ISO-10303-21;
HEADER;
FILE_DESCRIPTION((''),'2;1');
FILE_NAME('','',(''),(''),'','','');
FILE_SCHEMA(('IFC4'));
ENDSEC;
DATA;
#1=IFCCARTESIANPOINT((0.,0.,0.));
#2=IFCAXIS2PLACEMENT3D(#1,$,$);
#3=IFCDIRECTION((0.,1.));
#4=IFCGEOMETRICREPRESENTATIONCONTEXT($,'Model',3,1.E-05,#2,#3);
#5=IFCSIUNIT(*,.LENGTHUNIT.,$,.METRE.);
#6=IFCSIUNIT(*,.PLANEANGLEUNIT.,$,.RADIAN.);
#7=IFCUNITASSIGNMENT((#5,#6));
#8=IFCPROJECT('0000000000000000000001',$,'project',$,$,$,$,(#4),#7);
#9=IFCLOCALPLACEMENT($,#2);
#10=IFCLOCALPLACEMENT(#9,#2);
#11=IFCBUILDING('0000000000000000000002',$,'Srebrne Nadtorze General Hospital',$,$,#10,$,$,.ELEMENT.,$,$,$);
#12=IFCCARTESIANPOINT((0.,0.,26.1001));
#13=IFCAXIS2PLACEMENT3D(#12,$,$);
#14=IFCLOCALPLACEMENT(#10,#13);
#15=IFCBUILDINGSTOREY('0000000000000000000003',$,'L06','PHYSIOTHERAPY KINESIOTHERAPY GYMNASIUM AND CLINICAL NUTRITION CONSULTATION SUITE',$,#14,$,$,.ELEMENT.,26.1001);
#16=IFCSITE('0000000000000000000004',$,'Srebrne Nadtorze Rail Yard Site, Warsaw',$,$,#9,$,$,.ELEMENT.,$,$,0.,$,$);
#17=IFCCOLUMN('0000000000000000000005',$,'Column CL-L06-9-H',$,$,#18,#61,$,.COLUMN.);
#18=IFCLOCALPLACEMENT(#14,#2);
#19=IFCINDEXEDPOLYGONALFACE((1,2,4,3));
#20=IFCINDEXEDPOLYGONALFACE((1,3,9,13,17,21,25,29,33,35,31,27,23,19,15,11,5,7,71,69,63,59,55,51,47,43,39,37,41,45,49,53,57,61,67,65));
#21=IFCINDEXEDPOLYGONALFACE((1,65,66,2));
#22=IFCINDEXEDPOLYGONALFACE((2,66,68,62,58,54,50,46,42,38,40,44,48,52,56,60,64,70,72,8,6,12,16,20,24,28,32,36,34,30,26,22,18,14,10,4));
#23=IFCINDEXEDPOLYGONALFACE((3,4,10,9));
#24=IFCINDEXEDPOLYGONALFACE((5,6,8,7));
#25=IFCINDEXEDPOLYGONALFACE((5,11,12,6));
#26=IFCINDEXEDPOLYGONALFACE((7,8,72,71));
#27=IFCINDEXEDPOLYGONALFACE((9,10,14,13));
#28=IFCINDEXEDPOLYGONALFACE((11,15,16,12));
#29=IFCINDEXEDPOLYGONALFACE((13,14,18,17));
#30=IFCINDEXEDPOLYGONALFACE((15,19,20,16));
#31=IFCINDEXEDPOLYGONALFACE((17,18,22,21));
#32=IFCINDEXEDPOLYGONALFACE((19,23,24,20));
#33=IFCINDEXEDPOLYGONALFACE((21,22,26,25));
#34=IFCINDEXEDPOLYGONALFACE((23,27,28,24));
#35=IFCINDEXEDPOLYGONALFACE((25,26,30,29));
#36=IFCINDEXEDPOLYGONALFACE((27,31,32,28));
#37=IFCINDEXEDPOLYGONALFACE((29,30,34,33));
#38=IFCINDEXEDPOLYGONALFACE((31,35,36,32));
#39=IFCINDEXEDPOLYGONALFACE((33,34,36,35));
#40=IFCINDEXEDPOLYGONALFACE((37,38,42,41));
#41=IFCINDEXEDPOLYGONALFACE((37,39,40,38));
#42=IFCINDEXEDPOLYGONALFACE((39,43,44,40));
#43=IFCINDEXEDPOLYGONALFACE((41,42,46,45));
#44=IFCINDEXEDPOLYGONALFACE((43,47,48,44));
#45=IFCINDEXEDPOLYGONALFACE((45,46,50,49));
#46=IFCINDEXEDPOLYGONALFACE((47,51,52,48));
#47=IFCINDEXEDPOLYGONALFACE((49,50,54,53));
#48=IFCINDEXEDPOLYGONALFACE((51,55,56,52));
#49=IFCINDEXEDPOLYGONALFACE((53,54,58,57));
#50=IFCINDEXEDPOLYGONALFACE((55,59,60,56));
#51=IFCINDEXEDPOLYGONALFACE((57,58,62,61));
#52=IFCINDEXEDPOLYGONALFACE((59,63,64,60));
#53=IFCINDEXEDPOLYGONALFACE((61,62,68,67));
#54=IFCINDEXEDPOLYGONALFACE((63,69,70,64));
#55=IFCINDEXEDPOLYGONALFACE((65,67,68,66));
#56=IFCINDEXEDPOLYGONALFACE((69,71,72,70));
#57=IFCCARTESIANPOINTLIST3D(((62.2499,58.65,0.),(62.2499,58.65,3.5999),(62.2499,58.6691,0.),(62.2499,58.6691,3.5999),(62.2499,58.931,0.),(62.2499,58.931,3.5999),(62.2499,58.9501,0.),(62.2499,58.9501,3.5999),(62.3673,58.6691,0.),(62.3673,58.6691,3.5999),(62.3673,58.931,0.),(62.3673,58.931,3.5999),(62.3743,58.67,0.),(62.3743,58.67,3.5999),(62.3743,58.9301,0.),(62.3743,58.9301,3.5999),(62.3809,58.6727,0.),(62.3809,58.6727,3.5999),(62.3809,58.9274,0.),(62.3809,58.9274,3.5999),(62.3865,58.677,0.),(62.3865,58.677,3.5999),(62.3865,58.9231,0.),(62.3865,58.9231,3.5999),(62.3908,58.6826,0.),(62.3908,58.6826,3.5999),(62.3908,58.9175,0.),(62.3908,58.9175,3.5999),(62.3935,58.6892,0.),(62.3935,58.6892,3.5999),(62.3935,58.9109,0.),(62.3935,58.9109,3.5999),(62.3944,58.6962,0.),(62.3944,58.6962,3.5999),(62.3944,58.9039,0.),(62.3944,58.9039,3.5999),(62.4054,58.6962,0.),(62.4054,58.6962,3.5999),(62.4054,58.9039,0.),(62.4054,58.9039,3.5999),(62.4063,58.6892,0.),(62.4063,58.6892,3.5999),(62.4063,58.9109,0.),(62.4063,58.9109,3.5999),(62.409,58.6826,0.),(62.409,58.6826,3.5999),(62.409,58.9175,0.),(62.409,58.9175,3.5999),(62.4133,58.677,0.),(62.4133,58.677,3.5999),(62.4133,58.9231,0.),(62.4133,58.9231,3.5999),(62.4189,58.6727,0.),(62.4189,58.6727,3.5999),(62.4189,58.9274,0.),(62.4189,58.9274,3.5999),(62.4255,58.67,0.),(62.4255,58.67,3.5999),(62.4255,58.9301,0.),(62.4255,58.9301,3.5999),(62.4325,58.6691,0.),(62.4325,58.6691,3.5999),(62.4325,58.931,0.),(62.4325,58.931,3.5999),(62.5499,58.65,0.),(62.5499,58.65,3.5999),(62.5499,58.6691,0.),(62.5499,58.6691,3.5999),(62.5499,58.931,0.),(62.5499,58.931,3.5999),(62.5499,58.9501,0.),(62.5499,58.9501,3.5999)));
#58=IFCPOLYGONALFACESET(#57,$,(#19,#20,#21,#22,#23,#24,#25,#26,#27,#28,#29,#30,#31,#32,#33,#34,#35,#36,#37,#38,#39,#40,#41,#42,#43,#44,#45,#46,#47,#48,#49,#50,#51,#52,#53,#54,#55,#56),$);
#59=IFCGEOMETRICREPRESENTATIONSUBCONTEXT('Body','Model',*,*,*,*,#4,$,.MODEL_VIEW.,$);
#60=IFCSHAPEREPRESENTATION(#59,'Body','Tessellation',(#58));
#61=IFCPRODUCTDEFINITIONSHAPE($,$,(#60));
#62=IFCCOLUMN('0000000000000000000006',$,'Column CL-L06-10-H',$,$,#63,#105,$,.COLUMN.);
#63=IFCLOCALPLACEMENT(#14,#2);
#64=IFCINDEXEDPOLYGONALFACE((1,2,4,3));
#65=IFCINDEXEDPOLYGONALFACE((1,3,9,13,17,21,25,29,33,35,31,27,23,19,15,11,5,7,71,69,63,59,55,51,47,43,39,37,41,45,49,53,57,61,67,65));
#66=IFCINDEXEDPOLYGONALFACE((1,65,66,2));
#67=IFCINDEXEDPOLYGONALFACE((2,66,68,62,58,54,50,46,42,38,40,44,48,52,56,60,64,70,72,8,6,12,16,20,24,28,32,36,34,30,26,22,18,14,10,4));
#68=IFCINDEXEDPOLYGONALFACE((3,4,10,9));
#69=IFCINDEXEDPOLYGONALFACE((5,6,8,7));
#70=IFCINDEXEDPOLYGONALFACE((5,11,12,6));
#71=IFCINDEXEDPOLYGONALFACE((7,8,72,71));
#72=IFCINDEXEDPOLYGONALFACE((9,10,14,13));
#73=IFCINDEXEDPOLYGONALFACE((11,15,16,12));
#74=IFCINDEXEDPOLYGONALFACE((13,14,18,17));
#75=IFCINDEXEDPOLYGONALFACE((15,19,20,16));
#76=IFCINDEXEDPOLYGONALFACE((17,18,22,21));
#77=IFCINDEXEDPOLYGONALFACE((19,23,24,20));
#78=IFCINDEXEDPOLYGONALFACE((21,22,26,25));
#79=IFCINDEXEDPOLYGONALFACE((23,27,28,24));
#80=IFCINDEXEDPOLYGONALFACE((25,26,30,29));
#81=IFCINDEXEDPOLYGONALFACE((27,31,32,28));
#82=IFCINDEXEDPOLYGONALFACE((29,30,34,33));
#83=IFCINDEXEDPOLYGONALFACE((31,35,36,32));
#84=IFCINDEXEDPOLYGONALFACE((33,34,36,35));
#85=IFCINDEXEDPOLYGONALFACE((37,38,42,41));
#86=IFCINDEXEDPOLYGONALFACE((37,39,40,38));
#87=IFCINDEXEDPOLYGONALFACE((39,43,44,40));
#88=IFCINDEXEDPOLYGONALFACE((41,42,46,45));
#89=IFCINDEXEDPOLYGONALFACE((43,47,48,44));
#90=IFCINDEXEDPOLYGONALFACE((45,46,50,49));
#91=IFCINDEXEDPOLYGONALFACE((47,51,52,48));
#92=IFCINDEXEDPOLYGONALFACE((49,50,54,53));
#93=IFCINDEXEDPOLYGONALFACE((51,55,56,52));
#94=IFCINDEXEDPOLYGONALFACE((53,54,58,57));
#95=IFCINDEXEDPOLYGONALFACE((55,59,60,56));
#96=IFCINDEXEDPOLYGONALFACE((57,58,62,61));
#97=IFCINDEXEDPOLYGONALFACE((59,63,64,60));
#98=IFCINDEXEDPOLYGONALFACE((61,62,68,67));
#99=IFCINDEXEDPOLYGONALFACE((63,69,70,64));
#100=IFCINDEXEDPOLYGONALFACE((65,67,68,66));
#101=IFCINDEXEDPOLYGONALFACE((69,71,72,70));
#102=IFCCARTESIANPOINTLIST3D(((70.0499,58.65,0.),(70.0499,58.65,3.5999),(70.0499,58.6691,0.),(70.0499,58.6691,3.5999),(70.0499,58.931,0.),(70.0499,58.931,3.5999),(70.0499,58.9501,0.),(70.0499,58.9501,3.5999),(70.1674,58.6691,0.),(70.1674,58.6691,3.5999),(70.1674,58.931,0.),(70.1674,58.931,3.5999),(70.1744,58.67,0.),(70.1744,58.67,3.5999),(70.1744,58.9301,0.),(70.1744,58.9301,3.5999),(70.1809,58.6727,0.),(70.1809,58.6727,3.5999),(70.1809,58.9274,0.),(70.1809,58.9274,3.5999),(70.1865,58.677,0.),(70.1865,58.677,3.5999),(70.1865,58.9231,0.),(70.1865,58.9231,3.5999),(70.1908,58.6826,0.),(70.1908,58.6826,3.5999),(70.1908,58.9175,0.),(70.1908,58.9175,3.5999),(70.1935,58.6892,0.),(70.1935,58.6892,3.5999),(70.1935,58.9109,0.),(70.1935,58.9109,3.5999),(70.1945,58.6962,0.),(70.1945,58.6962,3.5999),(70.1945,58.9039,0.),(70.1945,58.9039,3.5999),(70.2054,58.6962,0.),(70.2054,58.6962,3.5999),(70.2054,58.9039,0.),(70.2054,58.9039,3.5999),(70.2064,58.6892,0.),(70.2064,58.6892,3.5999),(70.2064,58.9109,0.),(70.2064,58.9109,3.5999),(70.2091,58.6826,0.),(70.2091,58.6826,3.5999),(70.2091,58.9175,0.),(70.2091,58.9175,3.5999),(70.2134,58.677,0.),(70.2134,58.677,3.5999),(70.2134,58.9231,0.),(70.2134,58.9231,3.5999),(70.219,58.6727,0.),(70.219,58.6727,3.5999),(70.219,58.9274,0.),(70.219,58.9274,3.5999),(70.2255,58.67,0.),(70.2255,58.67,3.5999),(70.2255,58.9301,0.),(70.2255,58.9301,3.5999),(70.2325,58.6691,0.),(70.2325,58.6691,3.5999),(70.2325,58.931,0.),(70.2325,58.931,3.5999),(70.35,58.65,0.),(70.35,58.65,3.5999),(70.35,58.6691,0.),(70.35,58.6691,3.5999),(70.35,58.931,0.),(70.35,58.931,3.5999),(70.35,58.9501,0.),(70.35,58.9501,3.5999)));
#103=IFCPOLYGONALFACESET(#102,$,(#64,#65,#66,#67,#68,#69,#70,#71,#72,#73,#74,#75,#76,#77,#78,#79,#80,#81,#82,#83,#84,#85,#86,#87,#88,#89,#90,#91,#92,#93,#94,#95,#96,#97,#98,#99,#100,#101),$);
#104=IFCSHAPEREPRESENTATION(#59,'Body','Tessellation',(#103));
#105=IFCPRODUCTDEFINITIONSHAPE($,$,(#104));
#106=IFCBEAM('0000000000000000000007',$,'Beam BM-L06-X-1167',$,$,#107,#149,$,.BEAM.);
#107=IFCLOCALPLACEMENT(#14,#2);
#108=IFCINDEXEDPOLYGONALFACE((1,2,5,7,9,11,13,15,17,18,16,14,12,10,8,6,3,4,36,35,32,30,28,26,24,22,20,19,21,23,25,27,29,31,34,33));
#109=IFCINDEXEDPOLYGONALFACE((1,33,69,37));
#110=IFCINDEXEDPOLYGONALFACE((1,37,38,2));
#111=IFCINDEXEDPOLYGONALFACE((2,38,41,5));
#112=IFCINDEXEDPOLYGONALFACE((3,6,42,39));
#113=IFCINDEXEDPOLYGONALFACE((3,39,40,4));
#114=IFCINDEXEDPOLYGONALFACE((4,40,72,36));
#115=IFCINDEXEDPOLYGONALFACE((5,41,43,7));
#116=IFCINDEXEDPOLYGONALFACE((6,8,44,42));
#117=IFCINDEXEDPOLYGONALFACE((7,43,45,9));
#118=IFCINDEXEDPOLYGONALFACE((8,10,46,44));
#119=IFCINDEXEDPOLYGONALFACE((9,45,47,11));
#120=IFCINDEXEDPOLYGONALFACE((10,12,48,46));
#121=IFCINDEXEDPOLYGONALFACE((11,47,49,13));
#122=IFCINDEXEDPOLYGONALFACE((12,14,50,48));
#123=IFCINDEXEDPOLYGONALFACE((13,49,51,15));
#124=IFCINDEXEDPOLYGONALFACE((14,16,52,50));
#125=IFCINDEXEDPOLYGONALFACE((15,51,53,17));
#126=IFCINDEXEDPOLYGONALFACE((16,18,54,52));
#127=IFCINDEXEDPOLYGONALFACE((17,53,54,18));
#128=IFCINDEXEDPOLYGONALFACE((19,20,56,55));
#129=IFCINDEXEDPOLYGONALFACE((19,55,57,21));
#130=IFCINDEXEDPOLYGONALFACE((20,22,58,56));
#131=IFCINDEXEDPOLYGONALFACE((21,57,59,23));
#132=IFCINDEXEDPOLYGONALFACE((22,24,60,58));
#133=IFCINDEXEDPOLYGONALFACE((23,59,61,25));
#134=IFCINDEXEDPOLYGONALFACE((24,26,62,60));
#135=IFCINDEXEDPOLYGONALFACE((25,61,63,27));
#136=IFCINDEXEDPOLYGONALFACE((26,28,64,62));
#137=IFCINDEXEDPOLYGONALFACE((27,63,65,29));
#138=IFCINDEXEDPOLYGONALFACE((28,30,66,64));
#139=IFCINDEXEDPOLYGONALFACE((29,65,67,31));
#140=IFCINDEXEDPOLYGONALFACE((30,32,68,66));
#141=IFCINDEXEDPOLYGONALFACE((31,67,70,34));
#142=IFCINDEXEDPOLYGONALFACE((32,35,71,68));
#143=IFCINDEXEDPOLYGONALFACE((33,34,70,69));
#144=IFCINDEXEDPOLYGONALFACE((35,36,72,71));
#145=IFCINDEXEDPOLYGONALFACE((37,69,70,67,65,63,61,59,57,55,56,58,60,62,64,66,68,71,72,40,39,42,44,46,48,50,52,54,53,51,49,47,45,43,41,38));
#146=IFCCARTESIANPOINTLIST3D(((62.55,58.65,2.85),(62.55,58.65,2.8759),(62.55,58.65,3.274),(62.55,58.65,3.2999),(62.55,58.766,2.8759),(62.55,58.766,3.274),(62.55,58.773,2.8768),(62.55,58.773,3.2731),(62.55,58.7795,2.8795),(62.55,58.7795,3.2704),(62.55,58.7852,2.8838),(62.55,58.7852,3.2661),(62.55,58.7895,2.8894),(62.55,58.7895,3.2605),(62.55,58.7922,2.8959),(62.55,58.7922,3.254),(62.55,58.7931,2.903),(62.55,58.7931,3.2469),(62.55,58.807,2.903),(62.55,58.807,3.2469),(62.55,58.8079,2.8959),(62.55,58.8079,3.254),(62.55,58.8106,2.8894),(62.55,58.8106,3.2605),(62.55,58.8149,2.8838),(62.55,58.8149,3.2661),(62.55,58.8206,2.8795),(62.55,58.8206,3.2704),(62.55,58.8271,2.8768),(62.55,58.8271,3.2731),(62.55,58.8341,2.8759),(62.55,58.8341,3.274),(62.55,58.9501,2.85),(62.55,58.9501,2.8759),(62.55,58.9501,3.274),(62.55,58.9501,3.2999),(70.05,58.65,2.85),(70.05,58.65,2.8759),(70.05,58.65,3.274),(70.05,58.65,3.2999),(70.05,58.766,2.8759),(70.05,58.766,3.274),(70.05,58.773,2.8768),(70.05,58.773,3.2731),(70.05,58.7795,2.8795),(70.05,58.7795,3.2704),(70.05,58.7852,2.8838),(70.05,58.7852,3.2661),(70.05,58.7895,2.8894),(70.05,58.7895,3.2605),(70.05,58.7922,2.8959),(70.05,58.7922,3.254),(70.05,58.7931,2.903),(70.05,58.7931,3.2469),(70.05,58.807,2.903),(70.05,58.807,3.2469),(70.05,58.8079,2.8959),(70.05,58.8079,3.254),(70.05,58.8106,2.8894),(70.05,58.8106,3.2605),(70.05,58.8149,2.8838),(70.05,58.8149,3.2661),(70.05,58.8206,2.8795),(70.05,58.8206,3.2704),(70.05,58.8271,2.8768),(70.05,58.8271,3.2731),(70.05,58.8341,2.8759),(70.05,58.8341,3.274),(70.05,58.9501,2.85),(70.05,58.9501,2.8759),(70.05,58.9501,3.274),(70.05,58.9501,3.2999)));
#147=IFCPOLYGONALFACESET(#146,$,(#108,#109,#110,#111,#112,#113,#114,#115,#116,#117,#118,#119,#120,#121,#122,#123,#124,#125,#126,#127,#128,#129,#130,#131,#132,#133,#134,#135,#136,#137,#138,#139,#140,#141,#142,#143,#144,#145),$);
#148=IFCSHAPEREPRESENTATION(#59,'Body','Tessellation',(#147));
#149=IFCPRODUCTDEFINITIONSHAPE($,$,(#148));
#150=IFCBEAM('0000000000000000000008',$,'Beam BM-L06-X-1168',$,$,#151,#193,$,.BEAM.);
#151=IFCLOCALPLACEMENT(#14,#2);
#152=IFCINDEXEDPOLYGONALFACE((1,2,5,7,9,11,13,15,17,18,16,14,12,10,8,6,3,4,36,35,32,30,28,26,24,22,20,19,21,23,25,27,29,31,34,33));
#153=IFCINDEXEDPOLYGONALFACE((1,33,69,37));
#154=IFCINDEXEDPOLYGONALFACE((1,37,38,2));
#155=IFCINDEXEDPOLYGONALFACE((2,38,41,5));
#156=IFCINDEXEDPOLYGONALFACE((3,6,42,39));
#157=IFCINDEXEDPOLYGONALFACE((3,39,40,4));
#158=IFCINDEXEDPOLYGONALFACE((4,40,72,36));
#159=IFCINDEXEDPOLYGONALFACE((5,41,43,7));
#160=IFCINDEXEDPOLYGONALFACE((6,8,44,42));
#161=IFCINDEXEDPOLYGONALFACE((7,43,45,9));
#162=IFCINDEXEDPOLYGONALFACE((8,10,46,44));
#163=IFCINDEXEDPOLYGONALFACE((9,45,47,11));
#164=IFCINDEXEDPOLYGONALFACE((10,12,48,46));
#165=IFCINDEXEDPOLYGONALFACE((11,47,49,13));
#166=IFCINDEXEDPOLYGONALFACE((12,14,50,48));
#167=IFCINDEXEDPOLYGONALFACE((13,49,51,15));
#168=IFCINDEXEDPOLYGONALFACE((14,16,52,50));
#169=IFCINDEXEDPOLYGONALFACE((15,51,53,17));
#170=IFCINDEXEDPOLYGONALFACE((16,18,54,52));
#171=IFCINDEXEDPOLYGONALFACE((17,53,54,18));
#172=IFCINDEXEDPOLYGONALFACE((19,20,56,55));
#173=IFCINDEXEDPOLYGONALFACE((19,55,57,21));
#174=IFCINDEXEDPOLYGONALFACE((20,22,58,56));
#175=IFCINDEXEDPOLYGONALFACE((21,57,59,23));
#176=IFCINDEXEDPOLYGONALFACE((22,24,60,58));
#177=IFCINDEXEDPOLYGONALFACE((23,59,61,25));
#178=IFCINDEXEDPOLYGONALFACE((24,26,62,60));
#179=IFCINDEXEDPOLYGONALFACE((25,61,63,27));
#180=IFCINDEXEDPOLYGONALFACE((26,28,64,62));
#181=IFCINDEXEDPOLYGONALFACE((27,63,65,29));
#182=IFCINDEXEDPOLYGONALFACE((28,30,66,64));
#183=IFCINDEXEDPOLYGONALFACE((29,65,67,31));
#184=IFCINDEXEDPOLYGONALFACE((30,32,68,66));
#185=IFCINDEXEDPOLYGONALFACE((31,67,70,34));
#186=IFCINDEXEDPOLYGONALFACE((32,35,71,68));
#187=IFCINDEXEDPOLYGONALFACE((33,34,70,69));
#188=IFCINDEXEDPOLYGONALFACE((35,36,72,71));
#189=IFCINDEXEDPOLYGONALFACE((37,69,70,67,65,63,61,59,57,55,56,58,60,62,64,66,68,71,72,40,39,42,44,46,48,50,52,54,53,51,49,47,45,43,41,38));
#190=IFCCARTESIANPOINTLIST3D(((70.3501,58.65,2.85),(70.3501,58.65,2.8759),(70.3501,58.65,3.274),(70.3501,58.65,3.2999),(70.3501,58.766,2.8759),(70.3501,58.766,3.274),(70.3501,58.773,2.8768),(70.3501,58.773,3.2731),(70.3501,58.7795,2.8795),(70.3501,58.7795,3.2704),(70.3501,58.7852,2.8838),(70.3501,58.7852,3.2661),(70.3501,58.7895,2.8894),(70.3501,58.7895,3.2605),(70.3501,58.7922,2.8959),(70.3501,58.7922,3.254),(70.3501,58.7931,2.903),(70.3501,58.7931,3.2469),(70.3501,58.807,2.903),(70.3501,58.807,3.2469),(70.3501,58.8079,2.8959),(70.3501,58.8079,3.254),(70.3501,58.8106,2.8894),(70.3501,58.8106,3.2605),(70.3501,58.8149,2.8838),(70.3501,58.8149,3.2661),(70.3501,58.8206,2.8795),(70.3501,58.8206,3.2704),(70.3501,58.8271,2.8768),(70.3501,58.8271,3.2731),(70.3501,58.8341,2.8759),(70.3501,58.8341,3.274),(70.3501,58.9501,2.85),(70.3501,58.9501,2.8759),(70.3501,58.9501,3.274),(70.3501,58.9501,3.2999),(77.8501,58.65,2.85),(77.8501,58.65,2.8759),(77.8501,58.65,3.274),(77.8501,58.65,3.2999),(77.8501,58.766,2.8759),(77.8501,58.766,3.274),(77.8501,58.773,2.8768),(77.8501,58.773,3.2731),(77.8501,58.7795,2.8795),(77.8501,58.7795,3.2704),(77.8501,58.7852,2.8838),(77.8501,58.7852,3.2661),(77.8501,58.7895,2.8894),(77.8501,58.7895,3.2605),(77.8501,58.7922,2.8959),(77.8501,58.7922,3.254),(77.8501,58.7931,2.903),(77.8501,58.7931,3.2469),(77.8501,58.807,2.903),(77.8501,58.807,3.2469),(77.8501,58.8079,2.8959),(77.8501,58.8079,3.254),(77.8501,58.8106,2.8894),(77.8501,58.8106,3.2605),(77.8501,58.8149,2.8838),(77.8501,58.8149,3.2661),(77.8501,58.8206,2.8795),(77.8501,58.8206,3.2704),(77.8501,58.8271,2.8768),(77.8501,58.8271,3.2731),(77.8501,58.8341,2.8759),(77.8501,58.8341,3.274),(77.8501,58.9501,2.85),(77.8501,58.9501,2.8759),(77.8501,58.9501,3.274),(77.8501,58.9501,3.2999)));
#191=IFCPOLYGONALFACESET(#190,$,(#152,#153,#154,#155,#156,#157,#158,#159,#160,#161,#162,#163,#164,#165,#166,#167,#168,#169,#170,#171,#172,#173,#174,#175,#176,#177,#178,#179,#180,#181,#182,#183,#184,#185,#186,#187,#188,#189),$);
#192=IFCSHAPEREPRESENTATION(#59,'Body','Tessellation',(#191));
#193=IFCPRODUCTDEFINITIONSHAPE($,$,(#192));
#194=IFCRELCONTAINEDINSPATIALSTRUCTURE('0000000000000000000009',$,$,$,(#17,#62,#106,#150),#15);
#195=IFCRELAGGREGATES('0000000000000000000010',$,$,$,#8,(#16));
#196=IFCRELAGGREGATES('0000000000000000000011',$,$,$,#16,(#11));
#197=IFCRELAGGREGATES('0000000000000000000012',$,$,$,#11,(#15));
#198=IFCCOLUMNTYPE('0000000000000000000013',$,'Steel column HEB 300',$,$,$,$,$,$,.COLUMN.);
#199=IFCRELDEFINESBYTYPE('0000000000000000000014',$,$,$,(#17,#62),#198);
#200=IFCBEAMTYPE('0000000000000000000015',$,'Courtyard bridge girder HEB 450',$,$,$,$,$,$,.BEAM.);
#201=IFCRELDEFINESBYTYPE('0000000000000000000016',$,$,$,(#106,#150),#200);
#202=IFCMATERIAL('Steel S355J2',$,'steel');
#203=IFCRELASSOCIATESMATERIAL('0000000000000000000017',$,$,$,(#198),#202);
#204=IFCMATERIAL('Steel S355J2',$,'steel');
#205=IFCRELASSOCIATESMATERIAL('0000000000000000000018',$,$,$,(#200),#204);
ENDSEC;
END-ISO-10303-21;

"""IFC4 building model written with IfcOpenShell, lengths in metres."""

from ifc_helpers import new_model, si_unit, direction, frame, origin, origin_2d, place, context, subcontext, project, spatial, i_section, extrude, material, material_profile, profile_set, type_object, element, save


model = new_model("IFC4")

# Units and contexts
model_context = context("Model", 3, precision=1e-05, world=origin(), true_north=direction((0.0, 1.0)))
body_context = subcontext(model_context, "Body", "Model", "MODEL_VIEW")
ifc_project = project(units=[si_unit("LENGTHUNIT", "METRE"), si_unit("PLANEANGLEUNIT", "RADIAN")], contexts=[model_context])

# Site, building, storey
site_placement = place(None, origin())
site = spatial("IfcSite", under=ifc_project, at=site_placement, Name="Srebrne Nadtorze Rail Yard Site, Warsaw", CompositionType="ELEMENT", RefElevation=0.0)
building_placement = place(site_placement, origin())
building = spatial("IfcBuilding", under=site, at=building_placement, Name="Srebrne Nadtorze General Hospital", CompositionType="ELEMENT")
storey_placement = place(building_placement, frame((0.0, 0.0, 26.1001)))
storey = spatial("IfcBuildingStorey", under=building, at=storey_placement, Name="L06", Description="PHYSIOTHERAPY KINESIOTHERAPY GYMNASIUM AND CLINICAL NUTRITION CONSULTATION SUITE", CompositionType="ELEMENT", Elevation=26.1001)

# Columns
ifc_material_1 = material(Name="Steel S355J2", Category="steel")
ifc_material_profile_1 = material_profile(ifc_material_1, i_section(OverallWidth=0.3, OverallDepth=0.3, WebThickness=0.011, FlangeThickness=0.019, FilletRadius=0.0271, at=origin_2d()), Name="HEB-300")
ifc_profile_set_1 = profile_set([ifc_material_profile_1], Name="Steel S355J2")
column_type = type_object("IfcColumnType", Name="Steel column HEB 300", PredefinedType="COLUMN", material=ifc_profile_set_1)
for number, where, z_axis, x_axis, name in (
    (1, (62.3999, 58.8, 0.0), (0.0, 0.0, 1.0), (1.0, 0.0, 0.0), "Column CL-L06-9-H"),
    (2, (70.2, 58.8, 0.0), (0.0, 0.0, 1.0), (1.0, 0.0, 0.0), "Column CL-L06-10-H"),
):
    element("IfcColumn", number, at=place(storey_placement, frame(where, z_axis=z_axis, x_axis=x_axis)), inside=storey, type_object=column_type, Name=name, PredefinedType="COLUMN", context=body_context, shape_type="SweptSolid", body=[
        extrude(i_section(OverallWidth=0.3, OverallDepth=0.3, WebThickness=0.011, FlangeThickness=0.019, FilletRadius=0.0271, at=origin_2d()), origin(), (0.0, 0.0, 1.0), 3.5999),
    ])

# Beams
ifc_material_2 = material(Name="Steel S355J2", Category="steel")
ifc_material_profile_2 = material_profile(ifc_material_2, i_section(OverallWidth=0.3, OverallDepth=0.45, WebThickness=0.0139, FlangeThickness=0.0259, FilletRadius=0.0271, at=origin_2d()), Name="HEB-450")
ifc_profile_set_2 = profile_set([ifc_material_profile_2], Name="Steel S355J2")
beam_type = type_object("IfcBeamType", Name="Courtyard bridge girder HEB 450", PredefinedType="BEAM", material=ifc_profile_set_2)
for number, where, z_axis, x_axis, name in (
    (3, (62.55, 58.8, 3.075), (1.0, 0.0, 0.0), (0.0, 1.0, 0.0), "Beam BM-L06-X-1167"),
    (4, (70.3501, 58.8, 3.075), (1.0, 0.0, 0.0), (0.0, 1.0, 0.0), "Beam BM-L06-X-1168"),
):
    element("IfcBeam", number, at=place(storey_placement, frame(where, z_axis=z_axis, x_axis=x_axis)), inside=storey, type_object=beam_type, Name=name, PredefinedType="BEAM", context=body_context, shape_type="SweptSolid", body=[
        extrude(i_section(OverallWidth=0.3, OverallDepth=0.45, WebThickness=0.0139, FlangeThickness=0.0259, FilletRadius=0.0271, at=origin_2d()), origin(), (0.0, 0.0, 1.0), 7.5),
    ])

save(model, "model.ifc")
